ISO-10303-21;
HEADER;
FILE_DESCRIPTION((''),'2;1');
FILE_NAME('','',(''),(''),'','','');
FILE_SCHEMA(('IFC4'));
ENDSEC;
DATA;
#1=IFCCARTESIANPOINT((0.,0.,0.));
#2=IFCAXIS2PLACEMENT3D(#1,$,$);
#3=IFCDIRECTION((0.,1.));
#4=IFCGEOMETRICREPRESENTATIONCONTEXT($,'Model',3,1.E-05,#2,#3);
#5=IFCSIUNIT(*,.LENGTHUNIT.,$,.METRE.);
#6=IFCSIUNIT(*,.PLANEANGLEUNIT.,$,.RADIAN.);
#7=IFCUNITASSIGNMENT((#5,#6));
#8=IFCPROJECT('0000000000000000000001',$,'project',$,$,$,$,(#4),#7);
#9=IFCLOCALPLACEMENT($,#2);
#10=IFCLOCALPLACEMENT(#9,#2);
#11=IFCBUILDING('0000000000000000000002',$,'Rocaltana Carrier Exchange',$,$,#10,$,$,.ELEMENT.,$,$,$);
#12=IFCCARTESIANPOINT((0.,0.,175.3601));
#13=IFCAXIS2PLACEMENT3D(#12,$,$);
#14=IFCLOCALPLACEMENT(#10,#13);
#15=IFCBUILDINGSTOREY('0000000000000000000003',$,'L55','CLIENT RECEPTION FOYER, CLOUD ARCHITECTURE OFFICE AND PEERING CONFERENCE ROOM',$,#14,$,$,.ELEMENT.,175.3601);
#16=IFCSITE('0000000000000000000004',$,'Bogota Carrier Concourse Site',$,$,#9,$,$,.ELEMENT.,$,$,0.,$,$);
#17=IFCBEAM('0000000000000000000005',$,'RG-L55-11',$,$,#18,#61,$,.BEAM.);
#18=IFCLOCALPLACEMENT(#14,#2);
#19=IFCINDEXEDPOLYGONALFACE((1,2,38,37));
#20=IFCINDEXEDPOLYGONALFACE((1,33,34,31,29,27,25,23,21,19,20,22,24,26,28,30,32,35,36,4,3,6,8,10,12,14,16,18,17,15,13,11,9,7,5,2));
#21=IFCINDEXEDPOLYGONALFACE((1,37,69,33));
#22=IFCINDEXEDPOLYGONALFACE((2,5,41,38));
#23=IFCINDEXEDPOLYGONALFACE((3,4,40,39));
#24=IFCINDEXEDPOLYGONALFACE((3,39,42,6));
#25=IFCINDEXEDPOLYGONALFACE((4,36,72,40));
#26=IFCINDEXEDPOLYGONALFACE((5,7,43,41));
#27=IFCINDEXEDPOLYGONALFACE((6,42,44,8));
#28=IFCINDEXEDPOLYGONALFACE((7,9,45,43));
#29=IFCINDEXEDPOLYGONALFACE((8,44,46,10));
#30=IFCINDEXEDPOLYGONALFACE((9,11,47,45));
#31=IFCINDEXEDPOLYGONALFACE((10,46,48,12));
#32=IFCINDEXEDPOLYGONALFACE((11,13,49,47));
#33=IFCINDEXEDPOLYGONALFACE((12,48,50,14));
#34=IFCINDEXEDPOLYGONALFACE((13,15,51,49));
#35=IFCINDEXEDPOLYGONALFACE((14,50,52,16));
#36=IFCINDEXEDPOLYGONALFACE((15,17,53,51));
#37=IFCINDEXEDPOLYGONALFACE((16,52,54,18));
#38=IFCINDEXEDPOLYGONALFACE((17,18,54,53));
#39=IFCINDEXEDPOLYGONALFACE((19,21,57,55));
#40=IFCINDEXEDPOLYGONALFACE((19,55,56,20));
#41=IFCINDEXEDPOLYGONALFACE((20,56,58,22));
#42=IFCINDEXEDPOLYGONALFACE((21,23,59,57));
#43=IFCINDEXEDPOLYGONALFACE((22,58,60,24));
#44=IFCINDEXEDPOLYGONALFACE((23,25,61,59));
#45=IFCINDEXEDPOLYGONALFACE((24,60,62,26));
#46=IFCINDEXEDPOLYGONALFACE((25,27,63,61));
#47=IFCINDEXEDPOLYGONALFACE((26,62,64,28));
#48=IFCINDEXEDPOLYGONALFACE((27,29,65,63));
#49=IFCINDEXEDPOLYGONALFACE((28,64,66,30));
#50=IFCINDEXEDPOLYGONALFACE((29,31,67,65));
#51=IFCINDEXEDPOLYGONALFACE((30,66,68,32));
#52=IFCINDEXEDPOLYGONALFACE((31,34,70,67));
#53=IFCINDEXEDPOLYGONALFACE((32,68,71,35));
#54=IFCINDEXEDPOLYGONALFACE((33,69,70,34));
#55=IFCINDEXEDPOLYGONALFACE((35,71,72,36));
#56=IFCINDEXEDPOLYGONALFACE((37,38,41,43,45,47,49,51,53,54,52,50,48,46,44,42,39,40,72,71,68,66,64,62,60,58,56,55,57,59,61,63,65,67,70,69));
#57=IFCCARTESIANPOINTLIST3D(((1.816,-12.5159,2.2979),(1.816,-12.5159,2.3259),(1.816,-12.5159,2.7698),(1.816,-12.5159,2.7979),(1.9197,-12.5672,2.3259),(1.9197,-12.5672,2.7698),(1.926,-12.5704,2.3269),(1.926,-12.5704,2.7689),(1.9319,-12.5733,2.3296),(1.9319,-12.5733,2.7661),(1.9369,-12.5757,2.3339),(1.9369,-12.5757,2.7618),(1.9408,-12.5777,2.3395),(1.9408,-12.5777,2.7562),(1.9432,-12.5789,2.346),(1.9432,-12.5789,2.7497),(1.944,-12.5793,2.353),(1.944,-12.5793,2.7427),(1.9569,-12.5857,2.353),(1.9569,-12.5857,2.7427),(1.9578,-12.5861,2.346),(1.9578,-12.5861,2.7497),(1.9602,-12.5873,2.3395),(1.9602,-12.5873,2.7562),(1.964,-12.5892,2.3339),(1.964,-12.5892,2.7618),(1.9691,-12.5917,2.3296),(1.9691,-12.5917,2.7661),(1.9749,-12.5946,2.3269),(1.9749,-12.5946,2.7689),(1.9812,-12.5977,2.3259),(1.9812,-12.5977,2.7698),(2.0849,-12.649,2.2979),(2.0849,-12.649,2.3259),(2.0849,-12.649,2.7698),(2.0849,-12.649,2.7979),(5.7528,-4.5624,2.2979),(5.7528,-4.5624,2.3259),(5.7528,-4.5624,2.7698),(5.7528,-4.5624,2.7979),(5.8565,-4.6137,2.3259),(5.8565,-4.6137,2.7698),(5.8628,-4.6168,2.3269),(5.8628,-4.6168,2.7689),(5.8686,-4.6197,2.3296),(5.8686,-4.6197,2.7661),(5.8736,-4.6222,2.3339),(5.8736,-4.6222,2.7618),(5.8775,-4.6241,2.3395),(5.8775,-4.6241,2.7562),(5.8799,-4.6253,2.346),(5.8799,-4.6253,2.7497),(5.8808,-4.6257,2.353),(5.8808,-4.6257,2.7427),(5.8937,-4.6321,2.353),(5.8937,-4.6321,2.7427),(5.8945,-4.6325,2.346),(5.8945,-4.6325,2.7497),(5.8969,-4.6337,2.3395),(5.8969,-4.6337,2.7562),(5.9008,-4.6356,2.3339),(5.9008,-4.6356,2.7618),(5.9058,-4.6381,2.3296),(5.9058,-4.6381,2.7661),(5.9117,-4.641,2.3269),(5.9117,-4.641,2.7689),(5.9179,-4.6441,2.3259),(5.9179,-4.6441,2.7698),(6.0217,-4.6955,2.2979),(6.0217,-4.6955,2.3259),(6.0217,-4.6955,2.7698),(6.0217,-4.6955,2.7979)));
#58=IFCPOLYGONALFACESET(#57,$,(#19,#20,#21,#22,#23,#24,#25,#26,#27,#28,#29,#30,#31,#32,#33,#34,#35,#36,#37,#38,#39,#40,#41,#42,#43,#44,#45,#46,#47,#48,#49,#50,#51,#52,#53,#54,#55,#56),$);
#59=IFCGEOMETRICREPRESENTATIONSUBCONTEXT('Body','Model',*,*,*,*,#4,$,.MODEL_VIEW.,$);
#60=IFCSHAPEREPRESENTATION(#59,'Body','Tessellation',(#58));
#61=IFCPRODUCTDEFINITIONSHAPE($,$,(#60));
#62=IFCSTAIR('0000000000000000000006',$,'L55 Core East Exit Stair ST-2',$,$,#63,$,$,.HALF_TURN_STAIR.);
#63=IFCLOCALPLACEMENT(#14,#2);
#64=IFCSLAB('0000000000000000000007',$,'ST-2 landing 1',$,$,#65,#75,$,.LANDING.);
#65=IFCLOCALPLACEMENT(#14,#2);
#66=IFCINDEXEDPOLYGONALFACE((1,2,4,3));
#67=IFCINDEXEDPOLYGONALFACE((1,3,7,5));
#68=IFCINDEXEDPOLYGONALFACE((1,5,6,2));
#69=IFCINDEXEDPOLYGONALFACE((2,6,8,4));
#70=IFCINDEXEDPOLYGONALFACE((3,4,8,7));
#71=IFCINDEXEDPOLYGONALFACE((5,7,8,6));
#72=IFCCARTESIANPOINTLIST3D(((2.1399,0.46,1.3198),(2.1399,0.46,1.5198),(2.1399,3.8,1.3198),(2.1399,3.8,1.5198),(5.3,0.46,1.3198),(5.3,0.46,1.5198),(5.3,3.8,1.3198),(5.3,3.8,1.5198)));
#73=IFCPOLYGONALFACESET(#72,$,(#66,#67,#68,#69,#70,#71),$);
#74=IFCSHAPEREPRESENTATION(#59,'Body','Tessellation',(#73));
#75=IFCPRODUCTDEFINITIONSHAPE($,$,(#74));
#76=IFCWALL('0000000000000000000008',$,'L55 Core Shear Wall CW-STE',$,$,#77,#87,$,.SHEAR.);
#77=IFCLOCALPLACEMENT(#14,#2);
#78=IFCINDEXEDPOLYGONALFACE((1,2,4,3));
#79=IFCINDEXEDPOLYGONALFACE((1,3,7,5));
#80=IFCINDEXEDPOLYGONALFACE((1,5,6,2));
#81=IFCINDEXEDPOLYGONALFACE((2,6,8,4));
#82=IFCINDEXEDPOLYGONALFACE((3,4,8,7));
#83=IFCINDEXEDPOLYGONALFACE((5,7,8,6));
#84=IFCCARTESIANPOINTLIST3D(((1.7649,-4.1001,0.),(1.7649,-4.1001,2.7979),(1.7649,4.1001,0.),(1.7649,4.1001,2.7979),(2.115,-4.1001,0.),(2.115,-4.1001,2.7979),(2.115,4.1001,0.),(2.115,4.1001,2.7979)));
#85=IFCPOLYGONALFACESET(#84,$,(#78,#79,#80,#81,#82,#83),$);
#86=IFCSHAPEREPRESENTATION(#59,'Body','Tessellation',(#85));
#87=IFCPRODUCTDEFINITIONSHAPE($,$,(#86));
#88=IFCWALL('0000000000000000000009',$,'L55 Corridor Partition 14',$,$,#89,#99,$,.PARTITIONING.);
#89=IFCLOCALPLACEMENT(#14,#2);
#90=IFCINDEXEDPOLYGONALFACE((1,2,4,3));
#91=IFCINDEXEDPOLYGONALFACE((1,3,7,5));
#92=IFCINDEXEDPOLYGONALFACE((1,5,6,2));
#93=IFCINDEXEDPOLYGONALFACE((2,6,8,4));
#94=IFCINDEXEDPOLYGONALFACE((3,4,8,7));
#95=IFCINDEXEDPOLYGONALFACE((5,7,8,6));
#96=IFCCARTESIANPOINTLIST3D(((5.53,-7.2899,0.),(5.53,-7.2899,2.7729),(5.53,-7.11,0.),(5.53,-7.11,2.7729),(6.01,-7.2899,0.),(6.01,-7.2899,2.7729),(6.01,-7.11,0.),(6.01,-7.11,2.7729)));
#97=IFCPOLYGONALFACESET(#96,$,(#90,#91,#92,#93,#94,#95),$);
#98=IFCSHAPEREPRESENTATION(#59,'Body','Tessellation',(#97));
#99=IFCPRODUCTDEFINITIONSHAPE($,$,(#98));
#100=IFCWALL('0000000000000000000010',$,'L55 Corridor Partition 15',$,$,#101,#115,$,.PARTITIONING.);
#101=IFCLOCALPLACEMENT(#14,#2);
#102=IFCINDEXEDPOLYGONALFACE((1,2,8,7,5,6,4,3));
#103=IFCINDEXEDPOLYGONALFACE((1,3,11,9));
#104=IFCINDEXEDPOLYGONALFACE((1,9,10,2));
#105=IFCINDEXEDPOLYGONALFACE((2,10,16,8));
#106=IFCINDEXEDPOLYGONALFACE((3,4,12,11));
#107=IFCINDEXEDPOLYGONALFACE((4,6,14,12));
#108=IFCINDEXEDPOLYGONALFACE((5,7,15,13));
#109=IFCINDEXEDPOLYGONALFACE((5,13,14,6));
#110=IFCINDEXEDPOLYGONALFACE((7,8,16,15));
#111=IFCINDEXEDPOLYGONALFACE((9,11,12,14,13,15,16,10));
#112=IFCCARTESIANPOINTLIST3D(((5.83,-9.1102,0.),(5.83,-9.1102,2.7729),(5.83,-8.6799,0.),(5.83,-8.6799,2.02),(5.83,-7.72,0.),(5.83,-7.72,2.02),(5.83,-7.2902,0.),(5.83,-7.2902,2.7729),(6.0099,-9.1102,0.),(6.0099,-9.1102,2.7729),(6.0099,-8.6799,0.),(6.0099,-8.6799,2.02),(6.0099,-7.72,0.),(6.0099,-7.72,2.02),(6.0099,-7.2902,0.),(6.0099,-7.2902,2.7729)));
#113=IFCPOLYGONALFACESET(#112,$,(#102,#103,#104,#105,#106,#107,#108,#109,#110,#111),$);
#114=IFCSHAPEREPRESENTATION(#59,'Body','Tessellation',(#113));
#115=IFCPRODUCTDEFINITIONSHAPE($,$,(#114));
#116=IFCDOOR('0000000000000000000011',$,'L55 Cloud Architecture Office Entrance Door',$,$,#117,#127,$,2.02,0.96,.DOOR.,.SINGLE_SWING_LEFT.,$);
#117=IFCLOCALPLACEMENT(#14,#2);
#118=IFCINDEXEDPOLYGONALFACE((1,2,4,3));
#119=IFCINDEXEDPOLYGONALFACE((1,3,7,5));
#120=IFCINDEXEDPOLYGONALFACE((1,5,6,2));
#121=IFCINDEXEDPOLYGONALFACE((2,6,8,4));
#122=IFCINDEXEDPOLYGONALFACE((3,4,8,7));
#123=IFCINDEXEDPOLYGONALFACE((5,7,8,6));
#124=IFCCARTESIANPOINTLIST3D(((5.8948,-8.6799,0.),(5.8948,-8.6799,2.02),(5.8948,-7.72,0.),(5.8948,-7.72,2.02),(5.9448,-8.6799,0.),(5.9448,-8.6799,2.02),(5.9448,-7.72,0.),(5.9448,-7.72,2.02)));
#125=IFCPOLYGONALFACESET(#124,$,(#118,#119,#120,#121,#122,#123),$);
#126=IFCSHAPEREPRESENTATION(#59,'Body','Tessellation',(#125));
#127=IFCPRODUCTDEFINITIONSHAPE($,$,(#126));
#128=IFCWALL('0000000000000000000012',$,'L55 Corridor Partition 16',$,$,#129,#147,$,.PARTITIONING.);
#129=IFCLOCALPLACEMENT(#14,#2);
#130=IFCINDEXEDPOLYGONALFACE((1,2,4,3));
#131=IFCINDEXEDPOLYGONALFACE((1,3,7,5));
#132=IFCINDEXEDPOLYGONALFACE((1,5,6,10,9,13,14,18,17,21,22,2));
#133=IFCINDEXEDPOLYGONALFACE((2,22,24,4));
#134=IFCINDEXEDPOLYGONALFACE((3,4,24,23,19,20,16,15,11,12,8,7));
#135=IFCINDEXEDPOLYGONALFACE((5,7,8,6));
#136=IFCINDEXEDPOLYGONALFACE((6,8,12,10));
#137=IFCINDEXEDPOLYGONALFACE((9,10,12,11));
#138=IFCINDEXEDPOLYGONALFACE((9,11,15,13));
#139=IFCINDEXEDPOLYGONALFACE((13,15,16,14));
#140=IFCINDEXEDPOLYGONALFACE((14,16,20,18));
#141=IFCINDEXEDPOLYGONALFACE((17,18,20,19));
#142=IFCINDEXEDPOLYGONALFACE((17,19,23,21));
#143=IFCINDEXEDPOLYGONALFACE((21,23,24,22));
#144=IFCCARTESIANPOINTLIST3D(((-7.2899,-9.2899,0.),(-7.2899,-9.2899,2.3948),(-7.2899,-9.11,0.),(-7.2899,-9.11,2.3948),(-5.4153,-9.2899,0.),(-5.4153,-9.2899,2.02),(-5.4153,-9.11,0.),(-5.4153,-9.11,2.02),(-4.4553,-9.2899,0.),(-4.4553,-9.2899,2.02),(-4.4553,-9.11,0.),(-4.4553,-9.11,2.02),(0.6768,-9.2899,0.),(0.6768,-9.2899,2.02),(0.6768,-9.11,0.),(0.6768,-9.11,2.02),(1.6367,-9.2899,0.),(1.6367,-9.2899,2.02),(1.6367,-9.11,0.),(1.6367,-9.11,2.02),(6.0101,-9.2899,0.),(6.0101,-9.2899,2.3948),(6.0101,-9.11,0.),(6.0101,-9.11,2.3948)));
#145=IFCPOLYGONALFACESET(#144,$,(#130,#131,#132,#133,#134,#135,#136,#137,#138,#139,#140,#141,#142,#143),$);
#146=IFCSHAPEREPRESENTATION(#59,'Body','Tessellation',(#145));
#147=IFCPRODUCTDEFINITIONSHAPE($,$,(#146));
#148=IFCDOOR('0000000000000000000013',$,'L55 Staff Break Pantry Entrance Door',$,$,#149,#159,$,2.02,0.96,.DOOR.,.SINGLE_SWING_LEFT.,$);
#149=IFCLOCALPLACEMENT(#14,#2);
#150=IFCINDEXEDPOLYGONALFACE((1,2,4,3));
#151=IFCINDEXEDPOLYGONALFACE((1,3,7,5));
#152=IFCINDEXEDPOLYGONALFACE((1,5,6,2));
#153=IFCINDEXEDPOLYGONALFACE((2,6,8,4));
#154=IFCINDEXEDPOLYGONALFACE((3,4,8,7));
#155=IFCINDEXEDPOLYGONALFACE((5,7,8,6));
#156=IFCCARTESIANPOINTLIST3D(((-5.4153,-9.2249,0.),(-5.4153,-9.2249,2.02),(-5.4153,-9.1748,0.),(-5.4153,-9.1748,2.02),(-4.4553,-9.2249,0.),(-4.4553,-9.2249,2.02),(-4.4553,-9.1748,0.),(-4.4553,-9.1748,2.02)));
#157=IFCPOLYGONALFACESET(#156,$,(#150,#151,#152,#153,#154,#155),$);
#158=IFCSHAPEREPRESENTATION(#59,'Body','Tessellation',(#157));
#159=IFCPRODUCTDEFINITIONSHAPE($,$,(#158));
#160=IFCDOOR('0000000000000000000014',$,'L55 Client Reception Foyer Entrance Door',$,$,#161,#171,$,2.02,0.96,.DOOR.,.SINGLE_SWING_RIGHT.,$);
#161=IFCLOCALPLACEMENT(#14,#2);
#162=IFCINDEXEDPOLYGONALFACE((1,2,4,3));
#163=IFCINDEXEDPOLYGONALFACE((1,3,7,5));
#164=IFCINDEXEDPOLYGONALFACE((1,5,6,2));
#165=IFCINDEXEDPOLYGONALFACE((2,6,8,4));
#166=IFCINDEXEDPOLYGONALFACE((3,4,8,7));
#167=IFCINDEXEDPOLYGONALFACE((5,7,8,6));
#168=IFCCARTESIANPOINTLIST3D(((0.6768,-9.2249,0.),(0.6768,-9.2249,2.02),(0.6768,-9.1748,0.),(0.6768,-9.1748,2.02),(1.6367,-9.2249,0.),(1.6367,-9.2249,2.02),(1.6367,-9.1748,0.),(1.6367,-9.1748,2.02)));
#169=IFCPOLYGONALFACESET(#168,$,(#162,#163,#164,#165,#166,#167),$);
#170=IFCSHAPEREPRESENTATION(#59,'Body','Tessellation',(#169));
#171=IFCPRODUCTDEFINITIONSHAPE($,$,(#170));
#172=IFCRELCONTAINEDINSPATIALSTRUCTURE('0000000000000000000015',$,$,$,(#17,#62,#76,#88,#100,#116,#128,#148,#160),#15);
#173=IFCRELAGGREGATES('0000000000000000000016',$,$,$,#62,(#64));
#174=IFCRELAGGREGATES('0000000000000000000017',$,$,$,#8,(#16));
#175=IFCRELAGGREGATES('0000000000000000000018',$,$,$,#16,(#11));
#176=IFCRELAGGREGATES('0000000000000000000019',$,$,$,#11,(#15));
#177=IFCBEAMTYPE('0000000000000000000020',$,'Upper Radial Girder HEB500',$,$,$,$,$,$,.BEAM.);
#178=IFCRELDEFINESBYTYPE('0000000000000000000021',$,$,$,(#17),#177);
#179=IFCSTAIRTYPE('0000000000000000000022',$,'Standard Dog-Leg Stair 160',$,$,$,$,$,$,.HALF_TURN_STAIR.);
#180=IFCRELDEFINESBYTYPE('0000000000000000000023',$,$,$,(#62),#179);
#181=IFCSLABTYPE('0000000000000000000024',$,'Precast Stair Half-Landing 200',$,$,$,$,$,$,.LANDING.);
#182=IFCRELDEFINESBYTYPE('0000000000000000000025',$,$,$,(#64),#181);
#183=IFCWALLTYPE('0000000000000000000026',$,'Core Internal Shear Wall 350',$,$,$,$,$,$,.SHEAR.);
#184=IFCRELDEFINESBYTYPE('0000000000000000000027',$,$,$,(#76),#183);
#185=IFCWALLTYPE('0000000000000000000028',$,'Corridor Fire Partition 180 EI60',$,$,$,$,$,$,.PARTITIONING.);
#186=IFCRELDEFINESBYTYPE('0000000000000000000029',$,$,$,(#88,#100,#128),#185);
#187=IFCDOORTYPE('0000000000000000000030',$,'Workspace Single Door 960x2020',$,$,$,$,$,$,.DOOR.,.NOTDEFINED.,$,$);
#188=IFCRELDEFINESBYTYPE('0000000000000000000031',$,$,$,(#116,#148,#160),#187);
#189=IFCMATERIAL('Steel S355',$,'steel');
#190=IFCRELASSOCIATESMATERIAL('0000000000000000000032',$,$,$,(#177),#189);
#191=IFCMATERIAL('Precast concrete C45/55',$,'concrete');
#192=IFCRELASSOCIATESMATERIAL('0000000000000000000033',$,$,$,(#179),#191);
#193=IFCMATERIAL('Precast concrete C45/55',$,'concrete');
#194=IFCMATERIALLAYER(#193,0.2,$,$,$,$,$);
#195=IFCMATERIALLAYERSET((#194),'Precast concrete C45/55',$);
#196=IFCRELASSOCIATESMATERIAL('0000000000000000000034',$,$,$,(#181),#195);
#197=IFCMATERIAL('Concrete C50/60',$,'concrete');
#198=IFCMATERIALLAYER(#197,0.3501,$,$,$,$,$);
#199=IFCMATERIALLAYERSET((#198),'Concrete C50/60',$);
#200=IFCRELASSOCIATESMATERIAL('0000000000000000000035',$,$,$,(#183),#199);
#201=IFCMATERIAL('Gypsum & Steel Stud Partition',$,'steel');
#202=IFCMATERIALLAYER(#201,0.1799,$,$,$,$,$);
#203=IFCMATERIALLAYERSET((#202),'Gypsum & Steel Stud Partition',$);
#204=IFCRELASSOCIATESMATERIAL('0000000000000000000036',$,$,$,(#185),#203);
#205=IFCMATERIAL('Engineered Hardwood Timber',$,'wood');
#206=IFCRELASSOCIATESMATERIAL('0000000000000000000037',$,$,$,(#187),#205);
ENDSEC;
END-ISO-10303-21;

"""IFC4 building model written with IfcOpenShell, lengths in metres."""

from ifc_helpers import new_model, si_unit, direction, frame, frame_2d, origin, origin_2d, place, context, subcontext, project, spatial, polyline, rectangle, i_section, outline, extrude, material, layer, layer_set, material_profile, profile_set, type_object, element, fill, aggregate, save


model = new_model("IFC4")

# Units and contexts
model_context = context("Model", 3, precision=1e-05, world=origin(), true_north=direction((0.0, 1.0)))
body_context = subcontext(model_context, "Body", "Model", "MODEL_VIEW")
ifc_project = project(units=[si_unit("LENGTHUNIT", "METRE"), si_unit("PLANEANGLEUNIT", "RADIAN")], contexts=[model_context])

# Site, building, storey
site_placement = place(None, origin())
site = spatial("IfcSite", under=ifc_project, at=site_placement, Name="Bogota Carrier Concourse Site", CompositionType="ELEMENT", RefElevation=0.0)
building_placement = place(site_placement, origin())
building = spatial("IfcBuilding", under=site, at=building_placement, Name="Rocaltana Carrier Exchange", CompositionType="ELEMENT")
storey_placement = place(building_placement, frame((0.0, 0.0, 175.3601)))
storey = spatial("IfcBuildingStorey", under=building, at=storey_placement, Name="L55", Description="CLIENT RECEPTION FOYER, CLOUD ARCHITECTURE OFFICE AND PEERING CONFERENCE ROOM", CompositionType="ELEMENT", Elevation=175.3601)

# Beam
ifc_material_1 = material(Name="Steel S355", Category="steel")
ifc_material_profile_1 = material_profile(ifc_material_1, i_section(OverallWidth=0.3, OverallDepth=0.5, WebThickness=0.0144, FlangeThickness=0.0281, FilletRadius=0.0271, at=origin_2d()), Name="HEB500")
ifc_profile_set_1 = profile_set([ifc_material_profile_1], Name="Steel S355")
beam_type_1 = type_object("IfcBeamType", Name="Upper Radial Girder HEB500", PredefinedType="BEAM", material=ifc_profile_set_1)
beam_1_placement = place(storey_placement, frame((5.8872, -4.6289, 2.5479), z_axis=(-0.443601, -0.896225, 0.0), x_axis=(0.896225, -0.443601, 0.0)))
element("IfcBeam", 1, at=beam_1_placement, inside=storey, type_object=beam_type_1, Name="RG-L55-11", PredefinedType="BEAM", context=body_context, shape_type="SweptSolid", body=[
    extrude(i_section(OverallWidth=0.3, OverallDepth=0.5, WebThickness=0.0144, FlangeThickness=0.0281, FilletRadius=0.0271, at=origin_2d()), origin(), (0.0, 0.0, 1.0), 8.8745),
])

# Stair, slab
ifc_material_2 = material(Name="Precast concrete C45/55", Category="concrete")
stair_type = type_object("IfcStairType", Name="Standard Dog-Leg Stair 160", PredefinedType="HALF_TURN_STAIR", material=ifc_material_2)
stair_placement = place(storey_placement, origin())
stair = element("IfcStair", 2, at=stair_placement, inside=storey, type_object=stair_type, Name="L55 Core East Exit Stair ST-2", PredefinedType="HALF_TURN_STAIR")
ifc_material_3 = material(Name="Precast concrete C45/55", Category="concrete")
ifc_layer_1 = layer(ifc_material_3, 0.2)
ifc_layer_set_1 = layer_set([ifc_layer_1], Name="Precast concrete C45/55")
slab_type = type_object("IfcSlabType", Name="Precast Stair Half-Landing 200", PredefinedType="LANDING", material=ifc_layer_set_1)
slab_placement = place(storey_placement, frame((0.0, 0.0, 1.3198)))
slab = element("IfcSlab", 3, at=slab_placement, type_object=slab_type, Name="ST-2 landing 1", PredefinedType="LANDING", context=body_context, shape_type="SweptSolid", body=[
    extrude(outline(polyline([(5.3, 0.46), (5.3, 3.8), (2.1399, 3.8), (2.1399, 0.46), (5.3, 0.46)])), origin(), (0.0, 0.0, 1.0), 0.2),
])

# Walls
ifc_material_4 = material(Name="Concrete C50/60", Category="concrete")
ifc_layer_2 = layer(ifc_material_4, 0.3501)
ifc_layer_set_2 = layer_set([ifc_layer_2], Name="Concrete C50/60")
wall_type_1 = type_object("IfcWallType", Name="Core Internal Shear Wall 350", PredefinedType="SHEAR", material=ifc_layer_set_2)
wall_1_placement = place(storey_placement, frame((1.9399, -4.1001, 0.0), z_axis=(0.0, 0.0, 1.0), x_axis=(0.0, 1.0, 0.0)))
element("IfcWall", 4, at=wall_1_placement, inside=storey, type_object=wall_type_1, Name="L55 Core Shear Wall CW-STE", PredefinedType="SHEAR", context=body_context, shape_type="SweptSolid", body=[
    extrude(rectangle(XDim=8.2002, YDim=0.3501, at=frame_2d((4.1001, 0.0))), origin(), (0.0, 0.0, 1.0), 2.7979),
])
ifc_material_5 = material(Name="Gypsum & Steel Stud Partition", Category="steel")
ifc_layer_3 = layer(ifc_material_5, 0.1799)
ifc_layer_set_3 = layer_set([ifc_layer_3], Name="Gypsum & Steel Stud Partition")
wall_type_2 = type_object("IfcWallType", Name="Corridor Fire Partition 180 EI60", PredefinedType="PARTITIONING", material=ifc_layer_set_3)
wall_2_placement = place(storey_placement, frame((5.53, -7.2, 0.0), z_axis=(0.0, 0.0, 1.0), x_axis=(1.0, 0.0, 0.0)))
element("IfcWall", 5, at=wall_2_placement, inside=storey, type_object=wall_type_2, Name="L55 Corridor Partition 14", PredefinedType="PARTITIONING", context=body_context, shape_type="SweptSolid", body=[
    extrude(rectangle(XDim=0.48, YDim=0.1799, at=frame_2d((0.24, 0.0))), origin(), (0.0, 0.0, 1.0), 2.7729),
])

# Wall, opening, door
wall_3_placement = place(storey_placement, frame((5.9199, -7.29, 0.0), z_axis=(0.0, 0.0, 1.0), x_axis=(0.0, -1.0, 0.0)))
wall_3 = element("IfcWall", 6, at=wall_3_placement, inside=storey, type_object=wall_type_2, Name="L55 Corridor Partition 15", PredefinedType="PARTITIONING", context=body_context, shape_type="SweptSolid", body=[
    extrude(rectangle(XDim=1.8201, YDim=0.1799, at=frame_2d((0.9102, 0.0))), origin(), (0.0, 0.0, 1.0), 2.7729),
])
opening_1_placement = place(wall_3_placement, frame((0.4299, 0.0, 0.0)))
opening_1 = element("IfcOpeningElement", 7, at=opening_1_placement, cuts=wall_3, PredefinedType="OPENING", context=body_context, shape_type="SweptSolid", body=[
    extrude(rectangle(XDim=0.96, YDim=2.02, at=frame_2d((0.48, 1.01))), frame((0.0, 0.0999, 0.0), z_axis=(0.0, -1.0, 0.0), x_axis=(1.0, 0.0, 0.0)), (0.0, 0.0, 1.0), 0.2),
])
ifc_material_6 = material(Name="Engineered Hardwood Timber", Category="wood")
door_type = type_object("IfcDoorType", Name="Workspace Single Door 960x2020", OperationType="NOTDEFINED", PredefinedType="DOOR", material=ifc_material_6)
door_1_placement = place(opening_1_placement, origin())
door_1 = element("IfcDoor", 8, at=door_1_placement, inside=storey, type_object=door_type, Name="L55 Cloud Architecture Office Entrance Door", OperationType="SINGLE_SWING_LEFT", OverallHeight=2.02, OverallWidth=0.96, PredefinedType="DOOR", context=body_context, shape_type="SweptSolid", body=[
    extrude(rectangle(XDim=0.96, YDim=2.02, at=frame_2d((0.48, 1.01))), frame((0.0, 0.0249, 0.0), z_axis=(0.0, -1.0, 0.0), x_axis=(1.0, 0.0, 0.0)), (0.0, 0.0, 1.0), 0.05),
])
fill(opening_1, door_1)

# Wall, openings, doors
wall_4_placement = place(storey_placement, frame((6.01, -9.2, 0.0), z_axis=(0.0, 0.0, 1.0), x_axis=(-1.0, 0.0, 0.0)))
wall_4 = element("IfcWall", 9, at=wall_4_placement, inside=storey, type_object=wall_type_2, Name="L55 Corridor Partition 16", PredefinedType="PARTITIONING", context=body_context, shape_type="SweptSolid", body=[
    extrude(rectangle(XDim=13.3, YDim=0.1799, at=frame_2d((6.6499, 0.0))), origin(), (0.0, 0.0, 1.0), 2.3948),
])
opening_2_placement = place(wall_4_placement, frame((10.4653, 0.0, 0.0)))
opening_2 = element("IfcOpeningElement", 10, at=opening_2_placement, cuts=wall_4, PredefinedType="OPENING", context=body_context, shape_type="SweptSolid", body=[
    extrude(rectangle(XDim=0.96, YDim=2.02, at=frame_2d((0.48, 1.01))), frame((0.0, 0.0999, 0.0), z_axis=(0.0, -1.0, 0.0), x_axis=(1.0, 0.0, 0.0)), (0.0, 0.0, 1.0), 0.2),
])
opening_3_placement = place(wall_4_placement, frame((4.3733, 0.0, 0.0)))
opening_3 = element("IfcOpeningElement", 11, at=opening_3_placement, cuts=wall_4, PredefinedType="OPENING", context=body_context, shape_type="SweptSolid", body=[
    extrude(rectangle(XDim=0.96, YDim=2.02, at=frame_2d((0.48, 1.01))), frame((0.0, 0.0999, 0.0), z_axis=(0.0, -1.0, 0.0), x_axis=(1.0, 0.0, 0.0)), (0.0, 0.0, 1.0), 0.2),
])
door_2_placement = place(opening_2_placement, origin())
door_2 = element("IfcDoor", 12, at=door_2_placement, inside=storey, type_object=door_type, Name="L55 Staff Break Pantry Entrance Door", OperationType="SINGLE_SWING_LEFT", OverallHeight=2.02, OverallWidth=0.96, PredefinedType="DOOR", context=body_context, shape_type="SweptSolid", body=[
    extrude(rectangle(XDim=0.96, YDim=2.02, at=frame_2d((0.48, 1.01))), frame((0.0, 0.0249, 0.0), z_axis=(0.0, -1.0, 0.0), x_axis=(1.0, 0.0, 0.0)), (0.0, 0.0, 1.0), 0.05),
])
fill(opening_2, door_2)
door_3_placement = place(opening_3_placement, origin())
door_3 = element("IfcDoor", 13, at=door_3_placement, inside=storey, type_object=door_type, Name="L55 Client Reception Foyer Entrance Door", OperationType="SINGLE_SWING_RIGHT", OverallHeight=2.02, OverallWidth=0.96, PredefinedType="DOOR", context=body_context, shape_type="SweptSolid", body=[
    extrude(rectangle(XDim=0.96, YDim=2.02, at=frame_2d((0.48, 1.01))), frame((0.0, 0.0249, 0.0), z_axis=(0.0, -1.0, 0.0), x_axis=(1.0, 0.0, 0.0)), (0.0, 0.0, 1.0), 0.05),
])
fill(opening_3, door_3)

aggregate(stair, [slab])

save(model, "model.ifc")
